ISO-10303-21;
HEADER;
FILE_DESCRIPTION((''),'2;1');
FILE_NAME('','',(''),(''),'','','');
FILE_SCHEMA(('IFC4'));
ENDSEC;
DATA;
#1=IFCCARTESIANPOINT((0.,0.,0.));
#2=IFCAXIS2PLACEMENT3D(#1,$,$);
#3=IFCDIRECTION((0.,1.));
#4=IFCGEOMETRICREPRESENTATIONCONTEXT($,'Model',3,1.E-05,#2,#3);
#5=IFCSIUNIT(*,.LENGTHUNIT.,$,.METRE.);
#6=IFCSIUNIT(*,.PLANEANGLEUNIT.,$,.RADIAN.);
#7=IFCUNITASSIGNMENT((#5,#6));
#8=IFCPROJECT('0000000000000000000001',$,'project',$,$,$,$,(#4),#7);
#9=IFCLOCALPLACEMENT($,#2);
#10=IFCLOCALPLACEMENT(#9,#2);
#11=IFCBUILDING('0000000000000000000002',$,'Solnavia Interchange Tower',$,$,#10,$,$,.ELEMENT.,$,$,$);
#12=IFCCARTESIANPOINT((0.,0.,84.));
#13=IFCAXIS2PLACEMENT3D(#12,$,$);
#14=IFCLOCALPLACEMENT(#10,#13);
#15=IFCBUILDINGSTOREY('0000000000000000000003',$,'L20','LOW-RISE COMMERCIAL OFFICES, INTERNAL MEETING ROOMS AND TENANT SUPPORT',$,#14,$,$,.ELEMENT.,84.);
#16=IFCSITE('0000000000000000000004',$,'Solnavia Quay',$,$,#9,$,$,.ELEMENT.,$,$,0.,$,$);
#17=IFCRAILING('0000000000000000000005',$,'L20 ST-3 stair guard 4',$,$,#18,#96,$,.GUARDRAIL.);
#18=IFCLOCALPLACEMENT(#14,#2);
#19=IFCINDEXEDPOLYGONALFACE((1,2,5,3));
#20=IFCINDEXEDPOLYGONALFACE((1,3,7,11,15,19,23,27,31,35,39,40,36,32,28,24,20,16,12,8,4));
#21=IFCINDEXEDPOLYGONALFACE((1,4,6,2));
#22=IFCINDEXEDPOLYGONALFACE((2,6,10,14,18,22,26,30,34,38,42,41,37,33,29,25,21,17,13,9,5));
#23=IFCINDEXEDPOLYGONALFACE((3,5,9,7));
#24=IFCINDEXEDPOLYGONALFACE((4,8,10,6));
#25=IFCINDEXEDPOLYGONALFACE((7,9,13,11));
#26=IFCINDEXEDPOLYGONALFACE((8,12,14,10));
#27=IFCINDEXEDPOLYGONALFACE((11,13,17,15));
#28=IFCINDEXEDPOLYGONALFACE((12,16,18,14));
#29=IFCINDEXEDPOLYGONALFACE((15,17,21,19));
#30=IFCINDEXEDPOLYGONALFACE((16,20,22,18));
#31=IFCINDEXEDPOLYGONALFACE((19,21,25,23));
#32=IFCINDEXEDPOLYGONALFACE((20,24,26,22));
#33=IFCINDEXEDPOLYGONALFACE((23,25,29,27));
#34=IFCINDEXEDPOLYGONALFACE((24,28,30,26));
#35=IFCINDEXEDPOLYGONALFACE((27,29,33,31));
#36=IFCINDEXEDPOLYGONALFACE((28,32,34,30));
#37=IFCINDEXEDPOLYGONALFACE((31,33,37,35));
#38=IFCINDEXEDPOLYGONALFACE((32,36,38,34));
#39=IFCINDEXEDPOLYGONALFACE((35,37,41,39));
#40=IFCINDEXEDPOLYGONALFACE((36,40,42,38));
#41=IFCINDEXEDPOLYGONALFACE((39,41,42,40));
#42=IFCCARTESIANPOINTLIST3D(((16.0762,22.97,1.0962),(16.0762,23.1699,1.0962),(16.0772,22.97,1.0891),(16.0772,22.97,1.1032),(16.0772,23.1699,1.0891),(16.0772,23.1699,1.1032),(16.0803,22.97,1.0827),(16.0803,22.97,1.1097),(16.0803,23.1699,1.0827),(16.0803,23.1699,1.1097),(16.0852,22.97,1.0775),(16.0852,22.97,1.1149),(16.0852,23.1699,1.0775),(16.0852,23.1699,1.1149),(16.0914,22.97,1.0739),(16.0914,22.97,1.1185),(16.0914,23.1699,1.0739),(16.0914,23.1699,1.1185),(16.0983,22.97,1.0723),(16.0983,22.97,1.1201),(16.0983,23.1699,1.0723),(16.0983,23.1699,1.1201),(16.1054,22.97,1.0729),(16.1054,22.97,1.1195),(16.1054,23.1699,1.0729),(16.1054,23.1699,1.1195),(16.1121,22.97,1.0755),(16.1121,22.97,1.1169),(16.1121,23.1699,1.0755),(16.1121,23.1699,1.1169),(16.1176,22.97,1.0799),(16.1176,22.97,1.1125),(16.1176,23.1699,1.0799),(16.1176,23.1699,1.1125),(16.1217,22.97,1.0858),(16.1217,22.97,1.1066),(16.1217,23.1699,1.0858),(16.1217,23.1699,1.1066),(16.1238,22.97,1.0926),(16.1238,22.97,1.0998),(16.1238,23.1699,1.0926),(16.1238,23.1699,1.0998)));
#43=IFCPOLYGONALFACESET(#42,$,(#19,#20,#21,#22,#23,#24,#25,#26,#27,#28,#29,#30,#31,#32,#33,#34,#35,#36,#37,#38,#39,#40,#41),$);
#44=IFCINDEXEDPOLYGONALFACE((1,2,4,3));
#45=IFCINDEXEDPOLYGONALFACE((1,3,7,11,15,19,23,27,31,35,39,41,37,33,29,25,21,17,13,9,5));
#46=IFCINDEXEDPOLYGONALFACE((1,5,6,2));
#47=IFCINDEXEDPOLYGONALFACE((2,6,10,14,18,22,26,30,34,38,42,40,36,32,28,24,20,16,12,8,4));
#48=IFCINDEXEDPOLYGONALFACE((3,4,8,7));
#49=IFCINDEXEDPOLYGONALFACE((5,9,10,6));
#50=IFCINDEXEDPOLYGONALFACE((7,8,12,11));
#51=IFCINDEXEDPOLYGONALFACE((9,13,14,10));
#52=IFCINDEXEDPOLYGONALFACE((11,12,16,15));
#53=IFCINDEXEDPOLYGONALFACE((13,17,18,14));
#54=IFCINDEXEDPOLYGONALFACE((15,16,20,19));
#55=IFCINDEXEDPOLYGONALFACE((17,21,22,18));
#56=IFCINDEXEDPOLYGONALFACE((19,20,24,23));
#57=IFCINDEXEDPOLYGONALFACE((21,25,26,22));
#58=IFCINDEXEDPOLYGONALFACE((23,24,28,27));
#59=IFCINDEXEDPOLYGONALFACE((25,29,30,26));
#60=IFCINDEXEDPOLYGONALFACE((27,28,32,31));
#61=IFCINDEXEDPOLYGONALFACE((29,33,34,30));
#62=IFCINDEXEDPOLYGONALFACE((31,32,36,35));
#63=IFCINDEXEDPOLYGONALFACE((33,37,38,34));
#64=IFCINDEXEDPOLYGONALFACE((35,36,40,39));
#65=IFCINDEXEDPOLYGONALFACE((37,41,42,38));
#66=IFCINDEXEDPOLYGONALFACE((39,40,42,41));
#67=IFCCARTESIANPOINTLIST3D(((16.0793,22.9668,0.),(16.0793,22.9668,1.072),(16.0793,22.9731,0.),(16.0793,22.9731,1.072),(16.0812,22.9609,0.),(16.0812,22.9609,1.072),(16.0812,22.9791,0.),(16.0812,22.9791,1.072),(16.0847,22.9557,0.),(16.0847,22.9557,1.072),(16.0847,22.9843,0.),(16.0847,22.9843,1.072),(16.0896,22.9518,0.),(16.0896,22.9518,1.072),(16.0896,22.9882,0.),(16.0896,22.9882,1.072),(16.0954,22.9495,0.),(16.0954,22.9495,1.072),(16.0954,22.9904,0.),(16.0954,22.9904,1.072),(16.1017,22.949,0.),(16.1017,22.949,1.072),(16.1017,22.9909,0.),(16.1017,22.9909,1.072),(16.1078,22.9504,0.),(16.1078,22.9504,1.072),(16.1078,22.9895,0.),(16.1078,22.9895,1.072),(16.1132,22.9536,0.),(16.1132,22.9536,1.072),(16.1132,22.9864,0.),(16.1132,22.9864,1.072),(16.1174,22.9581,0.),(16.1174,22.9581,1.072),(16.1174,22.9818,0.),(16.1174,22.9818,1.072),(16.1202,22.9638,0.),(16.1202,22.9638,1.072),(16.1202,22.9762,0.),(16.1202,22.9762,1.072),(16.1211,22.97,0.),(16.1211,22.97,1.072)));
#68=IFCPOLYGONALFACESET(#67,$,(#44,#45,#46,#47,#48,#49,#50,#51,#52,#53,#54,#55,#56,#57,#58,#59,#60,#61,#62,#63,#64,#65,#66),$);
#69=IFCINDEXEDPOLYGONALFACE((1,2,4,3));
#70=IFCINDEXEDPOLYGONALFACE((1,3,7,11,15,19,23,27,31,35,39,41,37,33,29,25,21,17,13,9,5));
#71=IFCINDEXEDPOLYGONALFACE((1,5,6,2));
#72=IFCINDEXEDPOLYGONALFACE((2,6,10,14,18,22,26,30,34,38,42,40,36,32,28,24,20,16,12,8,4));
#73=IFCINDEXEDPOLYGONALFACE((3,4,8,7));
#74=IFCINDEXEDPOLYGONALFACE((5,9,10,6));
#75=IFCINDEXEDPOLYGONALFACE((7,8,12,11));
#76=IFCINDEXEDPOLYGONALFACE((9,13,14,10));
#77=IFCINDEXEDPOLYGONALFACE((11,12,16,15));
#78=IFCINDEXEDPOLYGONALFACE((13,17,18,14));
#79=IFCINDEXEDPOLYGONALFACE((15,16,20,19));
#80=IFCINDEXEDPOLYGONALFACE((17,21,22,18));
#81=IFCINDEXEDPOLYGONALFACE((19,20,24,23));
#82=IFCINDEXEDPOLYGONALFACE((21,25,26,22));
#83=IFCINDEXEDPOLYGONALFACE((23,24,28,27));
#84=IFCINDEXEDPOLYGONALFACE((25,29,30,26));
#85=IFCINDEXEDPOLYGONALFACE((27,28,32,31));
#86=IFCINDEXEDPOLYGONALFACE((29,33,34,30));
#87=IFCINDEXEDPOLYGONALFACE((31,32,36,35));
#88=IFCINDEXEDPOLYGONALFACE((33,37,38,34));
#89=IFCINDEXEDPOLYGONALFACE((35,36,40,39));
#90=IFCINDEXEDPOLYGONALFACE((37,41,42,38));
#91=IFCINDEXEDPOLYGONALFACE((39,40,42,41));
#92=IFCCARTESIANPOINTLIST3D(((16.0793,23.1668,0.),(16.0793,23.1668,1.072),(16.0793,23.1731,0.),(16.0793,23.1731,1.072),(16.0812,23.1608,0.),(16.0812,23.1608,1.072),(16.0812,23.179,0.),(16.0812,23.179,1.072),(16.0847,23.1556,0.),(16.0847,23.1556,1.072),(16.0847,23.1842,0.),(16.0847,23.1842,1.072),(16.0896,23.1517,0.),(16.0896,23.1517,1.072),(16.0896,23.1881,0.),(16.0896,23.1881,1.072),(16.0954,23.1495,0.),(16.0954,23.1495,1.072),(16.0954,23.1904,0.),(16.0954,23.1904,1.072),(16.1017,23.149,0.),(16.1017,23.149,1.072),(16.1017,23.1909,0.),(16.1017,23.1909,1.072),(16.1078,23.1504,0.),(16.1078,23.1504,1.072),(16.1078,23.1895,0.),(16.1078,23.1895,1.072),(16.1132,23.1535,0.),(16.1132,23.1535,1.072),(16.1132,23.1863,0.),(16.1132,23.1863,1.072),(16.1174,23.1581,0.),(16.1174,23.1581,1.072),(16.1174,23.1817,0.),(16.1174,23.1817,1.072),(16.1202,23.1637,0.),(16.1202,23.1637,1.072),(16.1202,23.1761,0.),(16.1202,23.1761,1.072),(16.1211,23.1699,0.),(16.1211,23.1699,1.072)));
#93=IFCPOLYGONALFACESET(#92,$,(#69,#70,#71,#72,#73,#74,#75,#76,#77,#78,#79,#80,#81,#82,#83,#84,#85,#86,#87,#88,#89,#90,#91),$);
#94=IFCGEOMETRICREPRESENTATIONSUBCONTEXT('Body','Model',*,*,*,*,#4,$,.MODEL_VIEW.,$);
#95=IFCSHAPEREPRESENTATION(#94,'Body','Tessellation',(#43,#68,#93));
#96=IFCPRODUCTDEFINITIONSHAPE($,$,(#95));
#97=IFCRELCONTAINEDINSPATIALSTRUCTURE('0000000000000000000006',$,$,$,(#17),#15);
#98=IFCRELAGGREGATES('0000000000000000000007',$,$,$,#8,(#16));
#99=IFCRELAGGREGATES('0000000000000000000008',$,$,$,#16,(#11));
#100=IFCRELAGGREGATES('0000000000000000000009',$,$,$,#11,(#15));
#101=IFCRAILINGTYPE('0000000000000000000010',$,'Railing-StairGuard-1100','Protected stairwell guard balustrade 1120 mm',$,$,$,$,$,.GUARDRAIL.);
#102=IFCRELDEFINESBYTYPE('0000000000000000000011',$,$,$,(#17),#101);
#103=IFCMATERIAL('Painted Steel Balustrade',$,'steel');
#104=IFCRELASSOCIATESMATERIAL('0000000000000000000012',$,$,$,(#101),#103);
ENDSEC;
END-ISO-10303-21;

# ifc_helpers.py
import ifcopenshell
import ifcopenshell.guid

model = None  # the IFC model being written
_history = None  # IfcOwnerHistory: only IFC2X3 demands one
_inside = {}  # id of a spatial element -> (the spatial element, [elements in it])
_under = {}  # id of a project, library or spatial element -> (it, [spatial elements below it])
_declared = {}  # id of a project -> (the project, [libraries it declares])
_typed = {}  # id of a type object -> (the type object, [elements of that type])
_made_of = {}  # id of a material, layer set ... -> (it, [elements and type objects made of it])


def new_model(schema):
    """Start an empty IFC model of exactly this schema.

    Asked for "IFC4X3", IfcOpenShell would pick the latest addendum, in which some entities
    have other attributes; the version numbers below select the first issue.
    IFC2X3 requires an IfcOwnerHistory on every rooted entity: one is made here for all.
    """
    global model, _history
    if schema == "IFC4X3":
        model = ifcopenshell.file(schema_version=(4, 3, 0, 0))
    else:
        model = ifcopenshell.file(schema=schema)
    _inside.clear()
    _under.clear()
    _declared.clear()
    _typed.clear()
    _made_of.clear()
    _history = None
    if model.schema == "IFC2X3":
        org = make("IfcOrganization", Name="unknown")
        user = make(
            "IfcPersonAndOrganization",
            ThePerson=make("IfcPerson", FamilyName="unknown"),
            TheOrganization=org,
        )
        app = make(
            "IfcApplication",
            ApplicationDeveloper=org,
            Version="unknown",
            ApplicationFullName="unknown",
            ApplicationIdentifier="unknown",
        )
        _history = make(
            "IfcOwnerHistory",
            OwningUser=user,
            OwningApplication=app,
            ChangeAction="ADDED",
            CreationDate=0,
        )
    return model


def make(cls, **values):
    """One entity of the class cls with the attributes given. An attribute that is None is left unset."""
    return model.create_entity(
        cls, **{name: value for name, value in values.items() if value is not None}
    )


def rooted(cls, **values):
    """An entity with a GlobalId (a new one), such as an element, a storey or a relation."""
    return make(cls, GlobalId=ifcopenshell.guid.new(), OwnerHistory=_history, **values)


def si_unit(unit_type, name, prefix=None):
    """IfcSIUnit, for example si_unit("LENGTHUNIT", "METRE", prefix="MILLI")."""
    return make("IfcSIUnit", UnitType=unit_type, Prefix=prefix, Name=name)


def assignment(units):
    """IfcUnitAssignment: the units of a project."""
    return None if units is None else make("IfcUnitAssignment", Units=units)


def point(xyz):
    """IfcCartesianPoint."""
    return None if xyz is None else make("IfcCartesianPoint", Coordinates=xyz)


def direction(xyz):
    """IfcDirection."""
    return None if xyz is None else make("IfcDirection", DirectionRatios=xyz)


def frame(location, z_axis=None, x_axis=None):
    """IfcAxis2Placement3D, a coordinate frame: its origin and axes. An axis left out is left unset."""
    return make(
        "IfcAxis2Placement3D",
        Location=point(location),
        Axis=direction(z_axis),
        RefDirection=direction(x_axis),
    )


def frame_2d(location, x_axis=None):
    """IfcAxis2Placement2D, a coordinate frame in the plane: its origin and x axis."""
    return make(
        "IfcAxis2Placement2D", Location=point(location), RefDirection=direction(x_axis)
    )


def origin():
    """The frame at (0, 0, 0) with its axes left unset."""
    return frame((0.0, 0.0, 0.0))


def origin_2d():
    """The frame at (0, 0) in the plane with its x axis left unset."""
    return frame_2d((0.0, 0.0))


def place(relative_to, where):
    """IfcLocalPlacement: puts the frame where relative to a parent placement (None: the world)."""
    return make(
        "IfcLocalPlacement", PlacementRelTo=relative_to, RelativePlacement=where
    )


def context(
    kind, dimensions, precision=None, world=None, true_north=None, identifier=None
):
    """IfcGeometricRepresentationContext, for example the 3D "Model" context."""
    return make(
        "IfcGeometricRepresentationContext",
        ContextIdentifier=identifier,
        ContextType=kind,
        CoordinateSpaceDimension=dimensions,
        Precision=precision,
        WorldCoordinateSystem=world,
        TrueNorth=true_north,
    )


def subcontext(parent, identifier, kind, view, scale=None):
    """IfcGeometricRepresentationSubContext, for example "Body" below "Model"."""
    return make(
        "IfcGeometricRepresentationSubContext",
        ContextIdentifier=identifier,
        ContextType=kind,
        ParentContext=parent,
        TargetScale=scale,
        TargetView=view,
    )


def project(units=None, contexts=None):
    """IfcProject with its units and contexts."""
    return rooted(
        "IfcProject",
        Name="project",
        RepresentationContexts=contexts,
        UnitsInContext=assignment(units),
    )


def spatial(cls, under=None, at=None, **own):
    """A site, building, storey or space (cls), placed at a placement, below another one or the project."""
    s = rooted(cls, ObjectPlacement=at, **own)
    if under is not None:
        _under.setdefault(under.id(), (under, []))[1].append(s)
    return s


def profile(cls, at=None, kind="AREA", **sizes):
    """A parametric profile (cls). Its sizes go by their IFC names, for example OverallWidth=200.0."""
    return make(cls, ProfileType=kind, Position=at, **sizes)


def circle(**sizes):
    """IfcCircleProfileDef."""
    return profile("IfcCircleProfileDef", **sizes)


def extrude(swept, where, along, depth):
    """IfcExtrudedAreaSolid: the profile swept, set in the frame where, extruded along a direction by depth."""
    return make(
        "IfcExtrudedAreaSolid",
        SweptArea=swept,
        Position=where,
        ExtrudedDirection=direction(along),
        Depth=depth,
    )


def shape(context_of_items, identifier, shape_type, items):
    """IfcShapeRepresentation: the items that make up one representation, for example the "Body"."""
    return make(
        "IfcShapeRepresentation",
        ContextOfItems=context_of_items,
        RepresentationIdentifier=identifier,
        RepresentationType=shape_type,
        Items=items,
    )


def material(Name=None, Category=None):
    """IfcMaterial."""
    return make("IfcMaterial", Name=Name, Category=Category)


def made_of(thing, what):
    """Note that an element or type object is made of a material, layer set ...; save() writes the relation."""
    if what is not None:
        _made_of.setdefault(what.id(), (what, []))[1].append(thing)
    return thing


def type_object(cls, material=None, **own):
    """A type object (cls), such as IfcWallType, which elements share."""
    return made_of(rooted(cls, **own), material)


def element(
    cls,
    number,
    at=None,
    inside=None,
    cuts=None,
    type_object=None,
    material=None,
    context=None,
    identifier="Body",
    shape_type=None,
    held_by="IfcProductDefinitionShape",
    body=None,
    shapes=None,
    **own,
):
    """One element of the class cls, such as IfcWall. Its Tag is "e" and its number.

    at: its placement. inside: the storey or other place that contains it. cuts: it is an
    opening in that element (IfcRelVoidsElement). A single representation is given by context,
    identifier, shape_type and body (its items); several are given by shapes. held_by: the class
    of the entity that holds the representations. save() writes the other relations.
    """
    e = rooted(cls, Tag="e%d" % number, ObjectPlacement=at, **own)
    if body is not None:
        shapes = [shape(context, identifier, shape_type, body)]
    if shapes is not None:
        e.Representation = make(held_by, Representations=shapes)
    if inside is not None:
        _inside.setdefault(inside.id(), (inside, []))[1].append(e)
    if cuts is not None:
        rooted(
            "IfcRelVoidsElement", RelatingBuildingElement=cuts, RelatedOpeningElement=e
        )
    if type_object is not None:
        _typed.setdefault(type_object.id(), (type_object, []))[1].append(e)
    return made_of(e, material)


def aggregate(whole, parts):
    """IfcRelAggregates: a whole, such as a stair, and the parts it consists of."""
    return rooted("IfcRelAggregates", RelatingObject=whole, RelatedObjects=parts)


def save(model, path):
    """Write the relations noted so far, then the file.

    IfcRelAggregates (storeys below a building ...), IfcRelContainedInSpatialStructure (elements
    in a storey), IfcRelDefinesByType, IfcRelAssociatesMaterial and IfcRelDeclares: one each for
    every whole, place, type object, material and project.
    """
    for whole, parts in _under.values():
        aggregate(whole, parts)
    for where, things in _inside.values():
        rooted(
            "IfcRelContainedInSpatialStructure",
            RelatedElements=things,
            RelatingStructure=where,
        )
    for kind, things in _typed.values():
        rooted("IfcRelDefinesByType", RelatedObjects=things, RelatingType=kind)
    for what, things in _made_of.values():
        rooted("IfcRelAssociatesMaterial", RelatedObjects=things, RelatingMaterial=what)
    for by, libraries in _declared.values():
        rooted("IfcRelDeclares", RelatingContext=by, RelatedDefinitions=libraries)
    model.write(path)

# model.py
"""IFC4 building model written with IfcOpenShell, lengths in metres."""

from ifc_helpers import new_model, si_unit, direction, frame, origin, origin_2d, place, context, subcontext, project, spatial, circle, extrude, material, type_object, element, save


model = new_model("IFC4")

# Units and contexts
model_context = context("Model", 3, precision=1e-05, world=origin(), true_north=direction((0.0, 1.0)))
body_context = subcontext(model_context, "Body", "Model", "MODEL_VIEW")
ifc_project = project(units=[si_unit("LENGTHUNIT", "METRE"), si_unit("PLANEANGLEUNIT", "RADIAN")], contexts=[model_context])

# Site, building, storey
site_placement = place(None, origin())
site = spatial("IfcSite", under=ifc_project, at=site_placement, Name="Solnavia Quay", CompositionType="ELEMENT", RefElevation=0.0)
building_placement = place(site_placement, origin())
building = spatial("IfcBuilding", under=site, at=building_placement, Name="Solnavia Interchange Tower", CompositionType="ELEMENT")
storey_placement = place(building_placement, frame((0.0, 0.0, 84.0)))
storey = spatial("IfcBuildingStorey", under=building, at=storey_placement, Name="L20", Description="LOW-RISE COMMERCIAL OFFICES, INTERNAL MEETING ROOMS AND TENANT SUPPORT", CompositionType="ELEMENT", Elevation=84.0)

# Railing
ifc_material_1 = material(Name="Painted Steel Balustrade", Category="steel")
railing_type_1 = type_object("IfcRailingType", Name="Railing-StairGuard-1100", Description="Protected stairwell guard balustrade 1120 mm", PredefinedType="GUARDRAIL", material=ifc_material_1)
railing_1_placement = place(storey_placement, frame((16.1001, 22.97, 0.0)))
element("IfcRailing", 1, at=railing_1_placement, inside=storey, type_object=railing_type_1, Name="L20 ST-3 stair guard 4", PredefinedType="GUARDRAIL", context=body_context, shape_type="SweptSolid", body=[
    extrude(circle(Radius=0.0239, at=origin_2d()), frame((0.0, 0.0, 1.0962), z_axis=(0.0, 1.0, 0.0), x_axis=(-1.0, 0.0, 0.0)), (0.0, 0.0, 1.0), 0.2),
    extrude(circle(Radius=0.021, at=origin_2d()), origin(), (0.0, 0.0, 1.0), 1.072),
    extrude(circle(Radius=0.021, at=origin_2d()), frame((0.0, 0.2, 0.0)), (0.0, 0.0, 1.0), 1.072),
])

save(model, "model.ifc")
